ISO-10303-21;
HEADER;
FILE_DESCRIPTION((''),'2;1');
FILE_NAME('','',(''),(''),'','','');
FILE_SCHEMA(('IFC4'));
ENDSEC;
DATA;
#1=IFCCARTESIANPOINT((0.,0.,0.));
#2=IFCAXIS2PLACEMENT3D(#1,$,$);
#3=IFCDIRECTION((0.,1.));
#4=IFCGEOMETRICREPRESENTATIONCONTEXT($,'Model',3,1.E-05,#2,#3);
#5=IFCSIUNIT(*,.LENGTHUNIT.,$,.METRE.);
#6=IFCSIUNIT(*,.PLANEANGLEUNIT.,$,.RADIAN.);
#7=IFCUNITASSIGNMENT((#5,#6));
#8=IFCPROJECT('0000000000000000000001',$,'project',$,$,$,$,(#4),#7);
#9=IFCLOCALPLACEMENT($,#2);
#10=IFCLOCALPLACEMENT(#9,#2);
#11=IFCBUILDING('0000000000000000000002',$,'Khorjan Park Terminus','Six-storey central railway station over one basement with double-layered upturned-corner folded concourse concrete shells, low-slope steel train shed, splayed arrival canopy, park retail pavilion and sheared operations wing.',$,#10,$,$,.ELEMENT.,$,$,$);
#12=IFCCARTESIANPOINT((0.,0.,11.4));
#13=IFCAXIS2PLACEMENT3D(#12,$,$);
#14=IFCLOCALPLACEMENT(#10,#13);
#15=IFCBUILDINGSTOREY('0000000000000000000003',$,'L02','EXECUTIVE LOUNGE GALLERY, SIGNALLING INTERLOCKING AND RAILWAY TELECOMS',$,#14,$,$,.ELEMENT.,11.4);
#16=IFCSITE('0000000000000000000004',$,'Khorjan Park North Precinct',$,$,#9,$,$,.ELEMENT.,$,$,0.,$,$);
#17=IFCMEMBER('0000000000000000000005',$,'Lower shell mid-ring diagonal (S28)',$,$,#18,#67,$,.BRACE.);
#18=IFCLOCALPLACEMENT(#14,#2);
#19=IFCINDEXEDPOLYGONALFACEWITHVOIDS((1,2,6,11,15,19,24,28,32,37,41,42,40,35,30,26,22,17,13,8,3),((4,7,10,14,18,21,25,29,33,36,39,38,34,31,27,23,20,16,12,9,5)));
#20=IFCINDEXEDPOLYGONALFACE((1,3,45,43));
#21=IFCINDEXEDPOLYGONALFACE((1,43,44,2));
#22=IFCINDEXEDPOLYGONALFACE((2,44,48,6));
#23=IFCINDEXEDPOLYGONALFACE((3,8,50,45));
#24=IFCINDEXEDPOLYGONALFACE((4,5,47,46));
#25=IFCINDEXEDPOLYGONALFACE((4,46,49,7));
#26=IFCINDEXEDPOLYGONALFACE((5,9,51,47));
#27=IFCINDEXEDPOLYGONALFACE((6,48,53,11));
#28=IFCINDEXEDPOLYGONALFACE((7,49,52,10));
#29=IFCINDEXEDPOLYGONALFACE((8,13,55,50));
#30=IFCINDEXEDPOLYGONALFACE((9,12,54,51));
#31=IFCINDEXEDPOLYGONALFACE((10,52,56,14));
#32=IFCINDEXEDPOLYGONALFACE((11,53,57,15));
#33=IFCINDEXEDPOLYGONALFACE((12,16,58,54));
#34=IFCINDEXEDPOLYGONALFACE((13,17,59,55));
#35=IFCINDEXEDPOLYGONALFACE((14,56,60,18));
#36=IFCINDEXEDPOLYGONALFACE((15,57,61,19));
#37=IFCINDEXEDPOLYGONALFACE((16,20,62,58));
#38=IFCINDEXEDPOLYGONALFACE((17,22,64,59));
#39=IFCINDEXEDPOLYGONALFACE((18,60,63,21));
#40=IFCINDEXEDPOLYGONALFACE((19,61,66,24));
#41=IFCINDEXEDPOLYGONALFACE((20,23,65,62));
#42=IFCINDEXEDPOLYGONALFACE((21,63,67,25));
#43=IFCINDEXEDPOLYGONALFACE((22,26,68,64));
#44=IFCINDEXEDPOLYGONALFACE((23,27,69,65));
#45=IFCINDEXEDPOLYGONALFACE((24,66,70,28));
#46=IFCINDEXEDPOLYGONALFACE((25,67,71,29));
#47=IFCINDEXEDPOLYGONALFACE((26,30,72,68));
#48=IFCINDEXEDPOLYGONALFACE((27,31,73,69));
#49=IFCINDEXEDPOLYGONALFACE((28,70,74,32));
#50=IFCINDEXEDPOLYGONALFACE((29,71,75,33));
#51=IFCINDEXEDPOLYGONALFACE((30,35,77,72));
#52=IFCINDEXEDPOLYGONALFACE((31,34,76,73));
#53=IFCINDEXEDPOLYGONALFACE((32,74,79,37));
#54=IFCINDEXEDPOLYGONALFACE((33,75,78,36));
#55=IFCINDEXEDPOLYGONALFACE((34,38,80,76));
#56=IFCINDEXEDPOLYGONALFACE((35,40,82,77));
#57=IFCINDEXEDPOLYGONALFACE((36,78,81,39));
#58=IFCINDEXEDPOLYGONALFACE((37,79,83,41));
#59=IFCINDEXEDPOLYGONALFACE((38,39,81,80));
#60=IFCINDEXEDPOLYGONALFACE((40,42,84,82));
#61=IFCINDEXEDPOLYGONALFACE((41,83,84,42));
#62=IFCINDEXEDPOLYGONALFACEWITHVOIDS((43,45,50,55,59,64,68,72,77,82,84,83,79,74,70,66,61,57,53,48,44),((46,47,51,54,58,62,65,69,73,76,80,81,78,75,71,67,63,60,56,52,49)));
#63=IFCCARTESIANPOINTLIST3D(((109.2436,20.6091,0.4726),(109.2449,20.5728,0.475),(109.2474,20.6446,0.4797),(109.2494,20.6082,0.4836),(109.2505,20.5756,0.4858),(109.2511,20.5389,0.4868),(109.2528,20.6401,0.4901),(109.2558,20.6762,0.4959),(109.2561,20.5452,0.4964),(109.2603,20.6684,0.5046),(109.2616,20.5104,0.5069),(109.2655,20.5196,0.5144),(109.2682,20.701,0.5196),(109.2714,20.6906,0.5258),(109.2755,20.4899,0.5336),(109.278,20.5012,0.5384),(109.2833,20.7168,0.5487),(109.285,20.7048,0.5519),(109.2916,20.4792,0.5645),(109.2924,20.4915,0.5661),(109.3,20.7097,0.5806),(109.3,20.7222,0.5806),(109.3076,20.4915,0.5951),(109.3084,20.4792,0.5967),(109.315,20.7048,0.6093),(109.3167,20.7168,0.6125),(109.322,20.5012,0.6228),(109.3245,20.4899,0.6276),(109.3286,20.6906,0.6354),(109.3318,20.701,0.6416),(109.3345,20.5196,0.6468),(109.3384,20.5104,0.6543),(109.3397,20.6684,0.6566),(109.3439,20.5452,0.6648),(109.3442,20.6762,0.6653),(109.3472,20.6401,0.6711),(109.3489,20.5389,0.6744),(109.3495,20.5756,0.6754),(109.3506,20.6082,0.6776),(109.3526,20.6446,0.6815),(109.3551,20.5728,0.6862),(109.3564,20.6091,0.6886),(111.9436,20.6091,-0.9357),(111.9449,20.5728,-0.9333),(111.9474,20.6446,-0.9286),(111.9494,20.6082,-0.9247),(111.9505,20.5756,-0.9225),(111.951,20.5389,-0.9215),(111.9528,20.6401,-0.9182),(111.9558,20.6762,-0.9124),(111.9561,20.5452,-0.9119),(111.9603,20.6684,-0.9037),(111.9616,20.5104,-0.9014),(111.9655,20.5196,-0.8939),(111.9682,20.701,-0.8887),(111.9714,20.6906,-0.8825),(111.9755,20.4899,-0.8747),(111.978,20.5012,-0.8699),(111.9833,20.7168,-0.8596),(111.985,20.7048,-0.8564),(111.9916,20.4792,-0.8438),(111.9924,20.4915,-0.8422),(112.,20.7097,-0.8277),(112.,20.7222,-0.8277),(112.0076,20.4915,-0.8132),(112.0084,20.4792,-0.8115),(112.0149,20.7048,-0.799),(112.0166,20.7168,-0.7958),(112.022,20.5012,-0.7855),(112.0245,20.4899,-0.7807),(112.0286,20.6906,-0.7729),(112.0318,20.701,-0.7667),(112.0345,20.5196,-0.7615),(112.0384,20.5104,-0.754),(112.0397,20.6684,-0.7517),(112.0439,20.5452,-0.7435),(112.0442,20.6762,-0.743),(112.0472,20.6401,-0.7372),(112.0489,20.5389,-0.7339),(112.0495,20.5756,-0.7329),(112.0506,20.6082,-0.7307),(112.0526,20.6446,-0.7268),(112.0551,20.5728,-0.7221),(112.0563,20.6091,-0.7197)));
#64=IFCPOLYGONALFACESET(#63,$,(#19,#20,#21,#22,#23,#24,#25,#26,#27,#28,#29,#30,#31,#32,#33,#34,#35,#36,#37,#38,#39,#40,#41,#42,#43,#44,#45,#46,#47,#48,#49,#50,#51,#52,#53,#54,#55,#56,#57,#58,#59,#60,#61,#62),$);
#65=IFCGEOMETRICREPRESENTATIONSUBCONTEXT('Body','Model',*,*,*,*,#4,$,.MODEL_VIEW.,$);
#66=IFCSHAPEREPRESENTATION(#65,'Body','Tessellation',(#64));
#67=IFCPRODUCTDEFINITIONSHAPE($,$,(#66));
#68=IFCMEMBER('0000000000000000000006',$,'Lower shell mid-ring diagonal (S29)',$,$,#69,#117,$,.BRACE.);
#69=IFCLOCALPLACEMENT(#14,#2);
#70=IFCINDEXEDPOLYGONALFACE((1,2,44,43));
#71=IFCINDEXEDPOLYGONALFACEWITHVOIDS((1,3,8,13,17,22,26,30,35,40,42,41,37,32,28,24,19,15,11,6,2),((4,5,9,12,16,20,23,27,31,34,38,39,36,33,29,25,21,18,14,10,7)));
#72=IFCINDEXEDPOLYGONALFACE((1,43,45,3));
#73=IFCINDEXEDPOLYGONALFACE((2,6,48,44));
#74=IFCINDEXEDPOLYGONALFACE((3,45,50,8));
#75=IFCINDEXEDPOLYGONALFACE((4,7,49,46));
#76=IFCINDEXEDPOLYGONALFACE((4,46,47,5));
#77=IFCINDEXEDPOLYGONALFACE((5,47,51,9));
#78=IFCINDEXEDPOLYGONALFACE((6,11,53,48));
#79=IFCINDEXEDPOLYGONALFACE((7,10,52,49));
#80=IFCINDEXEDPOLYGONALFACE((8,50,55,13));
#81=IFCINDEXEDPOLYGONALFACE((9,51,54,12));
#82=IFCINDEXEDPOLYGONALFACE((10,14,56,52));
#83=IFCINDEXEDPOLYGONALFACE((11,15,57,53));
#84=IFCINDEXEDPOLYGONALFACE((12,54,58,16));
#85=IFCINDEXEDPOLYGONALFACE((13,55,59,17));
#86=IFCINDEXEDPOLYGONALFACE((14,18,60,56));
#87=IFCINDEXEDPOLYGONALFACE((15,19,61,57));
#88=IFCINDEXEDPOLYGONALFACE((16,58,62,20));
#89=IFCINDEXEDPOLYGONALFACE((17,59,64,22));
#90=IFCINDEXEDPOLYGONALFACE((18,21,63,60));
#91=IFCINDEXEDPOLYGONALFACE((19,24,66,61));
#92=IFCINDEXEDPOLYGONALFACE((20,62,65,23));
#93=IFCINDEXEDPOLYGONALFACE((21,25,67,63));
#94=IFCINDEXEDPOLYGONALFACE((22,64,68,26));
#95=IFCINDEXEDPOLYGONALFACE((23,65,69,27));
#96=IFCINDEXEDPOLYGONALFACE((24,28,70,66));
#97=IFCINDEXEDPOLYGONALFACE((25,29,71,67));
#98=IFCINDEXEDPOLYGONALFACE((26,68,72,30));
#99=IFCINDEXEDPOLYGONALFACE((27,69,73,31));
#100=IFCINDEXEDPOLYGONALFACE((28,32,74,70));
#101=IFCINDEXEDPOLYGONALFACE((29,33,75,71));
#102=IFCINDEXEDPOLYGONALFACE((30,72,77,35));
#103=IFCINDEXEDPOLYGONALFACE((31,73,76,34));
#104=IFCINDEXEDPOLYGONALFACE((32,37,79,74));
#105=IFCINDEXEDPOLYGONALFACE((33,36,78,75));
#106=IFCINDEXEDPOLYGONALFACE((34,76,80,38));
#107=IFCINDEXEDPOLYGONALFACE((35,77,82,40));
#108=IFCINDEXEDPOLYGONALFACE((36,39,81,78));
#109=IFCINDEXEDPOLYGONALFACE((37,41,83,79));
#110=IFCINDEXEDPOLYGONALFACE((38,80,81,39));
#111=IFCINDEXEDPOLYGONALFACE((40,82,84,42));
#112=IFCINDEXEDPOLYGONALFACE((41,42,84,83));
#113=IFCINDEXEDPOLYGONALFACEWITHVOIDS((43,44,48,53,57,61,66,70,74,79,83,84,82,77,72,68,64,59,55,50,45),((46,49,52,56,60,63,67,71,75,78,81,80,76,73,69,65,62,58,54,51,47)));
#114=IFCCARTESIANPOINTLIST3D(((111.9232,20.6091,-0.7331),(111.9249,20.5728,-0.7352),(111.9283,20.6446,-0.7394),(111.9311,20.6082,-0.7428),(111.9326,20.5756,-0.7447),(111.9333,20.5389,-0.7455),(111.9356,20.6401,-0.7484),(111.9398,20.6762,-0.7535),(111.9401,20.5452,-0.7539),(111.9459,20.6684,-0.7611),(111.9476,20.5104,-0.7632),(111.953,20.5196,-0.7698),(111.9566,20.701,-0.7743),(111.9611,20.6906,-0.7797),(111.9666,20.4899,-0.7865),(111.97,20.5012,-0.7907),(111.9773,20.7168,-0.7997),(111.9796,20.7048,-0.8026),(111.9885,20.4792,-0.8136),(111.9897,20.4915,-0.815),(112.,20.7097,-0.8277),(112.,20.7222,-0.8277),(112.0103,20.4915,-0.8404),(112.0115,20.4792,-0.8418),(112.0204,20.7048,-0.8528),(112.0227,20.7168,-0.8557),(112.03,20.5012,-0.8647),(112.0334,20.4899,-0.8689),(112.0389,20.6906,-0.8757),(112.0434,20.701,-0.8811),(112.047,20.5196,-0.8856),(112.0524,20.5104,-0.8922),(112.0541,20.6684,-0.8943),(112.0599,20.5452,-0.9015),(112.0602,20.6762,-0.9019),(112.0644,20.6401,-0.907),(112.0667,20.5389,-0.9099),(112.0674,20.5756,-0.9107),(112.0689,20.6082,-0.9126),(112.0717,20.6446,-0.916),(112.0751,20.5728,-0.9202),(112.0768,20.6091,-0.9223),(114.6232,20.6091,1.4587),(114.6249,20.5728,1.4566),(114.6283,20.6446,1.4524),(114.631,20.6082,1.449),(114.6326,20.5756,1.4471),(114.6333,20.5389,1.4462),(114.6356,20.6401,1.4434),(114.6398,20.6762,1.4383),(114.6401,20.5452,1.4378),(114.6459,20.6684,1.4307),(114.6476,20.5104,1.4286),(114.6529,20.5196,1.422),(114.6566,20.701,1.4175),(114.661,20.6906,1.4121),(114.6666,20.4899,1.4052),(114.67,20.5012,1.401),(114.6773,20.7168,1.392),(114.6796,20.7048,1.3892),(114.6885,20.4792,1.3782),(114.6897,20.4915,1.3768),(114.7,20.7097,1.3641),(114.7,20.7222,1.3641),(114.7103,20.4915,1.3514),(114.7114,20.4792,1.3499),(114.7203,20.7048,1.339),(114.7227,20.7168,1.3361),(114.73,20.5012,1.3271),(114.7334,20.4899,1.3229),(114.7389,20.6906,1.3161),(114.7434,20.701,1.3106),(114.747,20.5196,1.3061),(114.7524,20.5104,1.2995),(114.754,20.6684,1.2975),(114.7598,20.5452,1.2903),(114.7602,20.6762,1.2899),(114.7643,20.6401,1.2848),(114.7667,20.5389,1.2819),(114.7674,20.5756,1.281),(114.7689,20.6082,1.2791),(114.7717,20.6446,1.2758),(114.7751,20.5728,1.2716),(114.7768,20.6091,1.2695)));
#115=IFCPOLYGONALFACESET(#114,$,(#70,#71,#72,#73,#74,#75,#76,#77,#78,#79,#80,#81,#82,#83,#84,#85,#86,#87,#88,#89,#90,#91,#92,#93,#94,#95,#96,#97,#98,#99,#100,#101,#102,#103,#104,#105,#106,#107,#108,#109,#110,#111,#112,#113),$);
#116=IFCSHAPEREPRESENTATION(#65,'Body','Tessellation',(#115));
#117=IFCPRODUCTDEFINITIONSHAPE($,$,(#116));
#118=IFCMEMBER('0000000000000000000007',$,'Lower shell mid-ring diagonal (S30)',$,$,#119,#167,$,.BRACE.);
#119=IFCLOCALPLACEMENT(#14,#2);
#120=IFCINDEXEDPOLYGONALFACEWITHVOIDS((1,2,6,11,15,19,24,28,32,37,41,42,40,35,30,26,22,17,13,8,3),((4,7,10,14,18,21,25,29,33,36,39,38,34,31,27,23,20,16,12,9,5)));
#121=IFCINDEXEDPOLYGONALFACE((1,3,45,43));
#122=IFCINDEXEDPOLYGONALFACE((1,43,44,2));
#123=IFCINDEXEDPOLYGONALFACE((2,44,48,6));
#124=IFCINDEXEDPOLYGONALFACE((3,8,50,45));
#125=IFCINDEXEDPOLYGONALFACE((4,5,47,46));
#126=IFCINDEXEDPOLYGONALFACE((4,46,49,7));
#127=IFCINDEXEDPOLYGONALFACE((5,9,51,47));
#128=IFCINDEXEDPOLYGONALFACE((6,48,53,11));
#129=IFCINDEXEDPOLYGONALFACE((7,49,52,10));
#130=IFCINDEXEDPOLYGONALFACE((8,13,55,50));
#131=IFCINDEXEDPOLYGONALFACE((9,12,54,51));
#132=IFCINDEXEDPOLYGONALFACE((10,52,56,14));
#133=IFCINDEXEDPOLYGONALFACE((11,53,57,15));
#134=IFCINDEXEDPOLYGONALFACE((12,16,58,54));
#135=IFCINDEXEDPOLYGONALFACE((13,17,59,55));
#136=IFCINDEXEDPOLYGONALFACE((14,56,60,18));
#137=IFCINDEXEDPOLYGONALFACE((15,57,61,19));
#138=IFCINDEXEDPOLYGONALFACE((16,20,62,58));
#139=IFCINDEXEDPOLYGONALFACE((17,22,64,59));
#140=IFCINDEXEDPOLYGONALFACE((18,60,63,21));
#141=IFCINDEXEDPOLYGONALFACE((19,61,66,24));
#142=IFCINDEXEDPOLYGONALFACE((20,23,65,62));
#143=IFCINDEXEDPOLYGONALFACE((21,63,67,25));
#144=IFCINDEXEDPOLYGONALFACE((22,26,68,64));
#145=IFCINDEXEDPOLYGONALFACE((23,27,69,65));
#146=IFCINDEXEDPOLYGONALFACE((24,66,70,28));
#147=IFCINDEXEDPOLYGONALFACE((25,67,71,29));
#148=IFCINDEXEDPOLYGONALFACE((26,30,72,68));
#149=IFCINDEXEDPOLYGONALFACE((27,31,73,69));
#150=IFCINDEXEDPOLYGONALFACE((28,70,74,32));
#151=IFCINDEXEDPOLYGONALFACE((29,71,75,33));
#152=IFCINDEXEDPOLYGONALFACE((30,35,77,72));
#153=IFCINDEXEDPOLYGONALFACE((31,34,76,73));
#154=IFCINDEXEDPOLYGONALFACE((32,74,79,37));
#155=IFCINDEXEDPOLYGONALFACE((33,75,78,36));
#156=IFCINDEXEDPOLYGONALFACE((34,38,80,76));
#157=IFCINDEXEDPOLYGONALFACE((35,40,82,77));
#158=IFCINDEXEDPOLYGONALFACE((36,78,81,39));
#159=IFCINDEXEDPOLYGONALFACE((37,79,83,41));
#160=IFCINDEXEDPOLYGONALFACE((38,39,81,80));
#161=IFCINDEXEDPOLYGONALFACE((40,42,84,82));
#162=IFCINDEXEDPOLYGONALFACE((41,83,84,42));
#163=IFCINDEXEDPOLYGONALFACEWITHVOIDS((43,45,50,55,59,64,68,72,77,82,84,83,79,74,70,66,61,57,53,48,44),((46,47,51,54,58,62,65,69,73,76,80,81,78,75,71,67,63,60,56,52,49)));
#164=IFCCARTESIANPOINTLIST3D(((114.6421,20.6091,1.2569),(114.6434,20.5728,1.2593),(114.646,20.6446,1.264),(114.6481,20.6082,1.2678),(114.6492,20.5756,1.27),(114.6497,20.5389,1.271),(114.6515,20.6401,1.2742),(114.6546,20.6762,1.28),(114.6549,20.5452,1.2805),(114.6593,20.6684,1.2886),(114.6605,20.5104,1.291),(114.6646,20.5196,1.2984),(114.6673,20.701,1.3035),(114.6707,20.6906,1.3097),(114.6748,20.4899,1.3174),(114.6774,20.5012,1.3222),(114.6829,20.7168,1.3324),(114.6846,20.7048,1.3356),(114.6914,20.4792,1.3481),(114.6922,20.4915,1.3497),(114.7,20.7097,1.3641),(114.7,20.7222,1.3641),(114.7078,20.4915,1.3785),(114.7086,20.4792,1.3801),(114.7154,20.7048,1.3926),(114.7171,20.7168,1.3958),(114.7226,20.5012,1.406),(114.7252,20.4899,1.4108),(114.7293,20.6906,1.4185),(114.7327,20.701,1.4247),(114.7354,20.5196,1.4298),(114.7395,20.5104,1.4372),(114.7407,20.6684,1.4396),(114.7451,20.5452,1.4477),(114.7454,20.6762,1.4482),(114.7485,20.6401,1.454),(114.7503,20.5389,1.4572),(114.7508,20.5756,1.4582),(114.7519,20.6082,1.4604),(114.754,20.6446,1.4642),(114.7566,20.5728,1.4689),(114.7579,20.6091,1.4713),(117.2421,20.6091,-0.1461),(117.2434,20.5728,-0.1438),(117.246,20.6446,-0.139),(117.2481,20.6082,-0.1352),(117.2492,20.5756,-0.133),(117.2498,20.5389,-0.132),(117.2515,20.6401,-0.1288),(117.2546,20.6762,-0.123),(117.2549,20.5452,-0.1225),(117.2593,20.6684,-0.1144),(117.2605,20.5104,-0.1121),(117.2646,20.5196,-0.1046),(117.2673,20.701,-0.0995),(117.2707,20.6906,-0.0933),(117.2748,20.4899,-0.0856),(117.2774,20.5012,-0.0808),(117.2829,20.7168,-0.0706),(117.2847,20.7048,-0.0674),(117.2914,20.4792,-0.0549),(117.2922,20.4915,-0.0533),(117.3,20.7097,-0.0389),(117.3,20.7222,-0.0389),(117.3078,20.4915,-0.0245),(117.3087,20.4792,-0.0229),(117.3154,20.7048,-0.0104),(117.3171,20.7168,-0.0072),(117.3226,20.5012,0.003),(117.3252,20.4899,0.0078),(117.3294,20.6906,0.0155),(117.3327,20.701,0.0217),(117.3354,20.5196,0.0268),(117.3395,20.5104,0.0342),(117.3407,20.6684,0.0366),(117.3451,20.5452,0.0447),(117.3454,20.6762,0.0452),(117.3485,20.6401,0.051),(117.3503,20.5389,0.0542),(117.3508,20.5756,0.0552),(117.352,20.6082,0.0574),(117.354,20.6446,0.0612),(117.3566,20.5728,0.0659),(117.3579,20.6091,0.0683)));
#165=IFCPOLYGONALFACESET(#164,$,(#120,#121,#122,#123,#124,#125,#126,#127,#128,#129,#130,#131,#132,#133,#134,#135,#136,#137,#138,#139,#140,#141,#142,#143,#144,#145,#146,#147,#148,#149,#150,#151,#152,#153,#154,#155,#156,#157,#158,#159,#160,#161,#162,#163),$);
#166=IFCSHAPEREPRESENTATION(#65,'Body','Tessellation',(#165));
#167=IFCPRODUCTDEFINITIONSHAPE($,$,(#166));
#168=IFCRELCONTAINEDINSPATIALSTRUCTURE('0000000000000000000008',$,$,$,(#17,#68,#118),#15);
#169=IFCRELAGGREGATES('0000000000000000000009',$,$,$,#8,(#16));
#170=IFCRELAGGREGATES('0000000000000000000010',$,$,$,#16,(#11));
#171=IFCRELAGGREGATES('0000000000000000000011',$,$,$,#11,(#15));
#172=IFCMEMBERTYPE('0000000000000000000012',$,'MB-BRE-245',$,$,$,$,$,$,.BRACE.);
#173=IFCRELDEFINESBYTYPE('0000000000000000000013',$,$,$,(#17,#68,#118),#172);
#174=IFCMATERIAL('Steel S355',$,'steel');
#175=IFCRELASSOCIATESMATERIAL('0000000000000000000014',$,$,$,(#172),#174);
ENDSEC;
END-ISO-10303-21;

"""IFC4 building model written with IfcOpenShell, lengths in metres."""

from ifc_helpers import new_model, si_unit, direction, frame, origin, origin_2d, place, context, subcontext, project, spatial, hollow_circle, extrude, material, material_profile, profile_set, type_object, element, save


model = new_model("IFC4")

# Units and contexts
model_context = context("Model", 3, precision=1e-05, world=origin(), true_north=direction((0.0, 1.0)))
body_context = subcontext(model_context, "Body", "Model", "MODEL_VIEW")
ifc_project = project(units=[si_unit("LENGTHUNIT", "METRE"), si_unit("PLANEANGLEUNIT", "RADIAN")], contexts=[model_context])

# Site, building, storey
site_placement = place(None, origin())
site = spatial("IfcSite", under=ifc_project, at=site_placement, Name="Khorjan Park North Precinct", CompositionType="ELEMENT", RefElevation=0.0)
building_placement = place(site_placement, origin())
building = spatial("IfcBuilding", under=site, at=building_placement, Name="Khorjan Park Terminus", Description="Six-storey central railway station over one basement with double-layered upturned-corner folded concourse concrete shells, low-slope steel train shed, splayed arrival canopy, park retail pavilion and sheared operations wing.", CompositionType="ELEMENT")
storey_placement = place(building_placement, frame((0.0, 0.0, 11.4)))
storey = spatial("IfcBuildingStorey", under=building, at=storey_placement, Name="L02", Description="EXECUTIVE LOUNGE GALLERY, SIGNALLING INTERLOCKING AND RAILWAY TELECOMS", CompositionType="ELEMENT", Elevation=11.4)

# Members
ifc_material_1 = material(Name="Steel S355", Category="steel")
ifc_material_profile_1 = material_profile(ifc_material_1, hollow_circle(Radius=0.1222, WallThickness=0.0125, at=origin_2d()), Name="CHS 244.5x12.5")
ifc_profile_set_1 = profile_set([ifc_material_profile_1], Name="Steel S355")
member_type_1 = type_object("IfcMemberType", Name="MB-BRE-245", PredefinedType="BRACE", material=ifc_profile_set_1)
member_1_placement = place(storey_placement, frame((109.3, 20.6, 0.5806), z_axis=(0.886638, 0.0, -0.462464), x_axis=(0.0, 1.0, 0.0)))
element("IfcMember", 1, at=member_1_placement, inside=storey, type_object=member_type_1, Name="Lower shell mid-ring diagonal (S28)", PredefinedType="BRACE", context=body_context, shape_type="SweptSolid", body=[
    extrude(hollow_circle(Radius=0.1222, WallThickness=0.0125, at=origin_2d()), origin(), (0.0, 0.0, 1.0), 3.0452),
])
member_2_placement = place(storey_placement, frame((112.0, 20.6, -0.8277), z_axis=(0.776388, 0.0, 0.630255), x_axis=(0.0, 1.0, 0.0)))
element("IfcMember", 2, at=member_2_placement, inside=storey, type_object=member_type_1, Name="Lower shell mid-ring diagonal (S29)", PredefinedType="BRACE", context=body_context, shape_type="SweptSolid", body=[
    extrude(hollow_circle(Radius=0.1222, WallThickness=0.0125, at=origin_2d()), origin(), (0.0, 0.0, 1.0), 3.4776),
])
member_3_placement = place(storey_placement, frame((114.7, 20.6, 1.3641), z_axis=(0.880047, 0.0, -0.474887), x_axis=(0.0, 1.0, 0.0)))
element("IfcMember", 3, at=member_3_placement, inside=storey, type_object=member_type_1, Name="Lower shell mid-ring diagonal (S30)", PredefinedType="BRACE", context=body_context, shape_type="SweptSolid", body=[
    extrude(hollow_circle(Radius=0.1222, WallThickness=0.0125, at=origin_2d()), origin(), (0.0, 0.0, 1.0), 2.9544),
])

save(model, "model.ifc")
